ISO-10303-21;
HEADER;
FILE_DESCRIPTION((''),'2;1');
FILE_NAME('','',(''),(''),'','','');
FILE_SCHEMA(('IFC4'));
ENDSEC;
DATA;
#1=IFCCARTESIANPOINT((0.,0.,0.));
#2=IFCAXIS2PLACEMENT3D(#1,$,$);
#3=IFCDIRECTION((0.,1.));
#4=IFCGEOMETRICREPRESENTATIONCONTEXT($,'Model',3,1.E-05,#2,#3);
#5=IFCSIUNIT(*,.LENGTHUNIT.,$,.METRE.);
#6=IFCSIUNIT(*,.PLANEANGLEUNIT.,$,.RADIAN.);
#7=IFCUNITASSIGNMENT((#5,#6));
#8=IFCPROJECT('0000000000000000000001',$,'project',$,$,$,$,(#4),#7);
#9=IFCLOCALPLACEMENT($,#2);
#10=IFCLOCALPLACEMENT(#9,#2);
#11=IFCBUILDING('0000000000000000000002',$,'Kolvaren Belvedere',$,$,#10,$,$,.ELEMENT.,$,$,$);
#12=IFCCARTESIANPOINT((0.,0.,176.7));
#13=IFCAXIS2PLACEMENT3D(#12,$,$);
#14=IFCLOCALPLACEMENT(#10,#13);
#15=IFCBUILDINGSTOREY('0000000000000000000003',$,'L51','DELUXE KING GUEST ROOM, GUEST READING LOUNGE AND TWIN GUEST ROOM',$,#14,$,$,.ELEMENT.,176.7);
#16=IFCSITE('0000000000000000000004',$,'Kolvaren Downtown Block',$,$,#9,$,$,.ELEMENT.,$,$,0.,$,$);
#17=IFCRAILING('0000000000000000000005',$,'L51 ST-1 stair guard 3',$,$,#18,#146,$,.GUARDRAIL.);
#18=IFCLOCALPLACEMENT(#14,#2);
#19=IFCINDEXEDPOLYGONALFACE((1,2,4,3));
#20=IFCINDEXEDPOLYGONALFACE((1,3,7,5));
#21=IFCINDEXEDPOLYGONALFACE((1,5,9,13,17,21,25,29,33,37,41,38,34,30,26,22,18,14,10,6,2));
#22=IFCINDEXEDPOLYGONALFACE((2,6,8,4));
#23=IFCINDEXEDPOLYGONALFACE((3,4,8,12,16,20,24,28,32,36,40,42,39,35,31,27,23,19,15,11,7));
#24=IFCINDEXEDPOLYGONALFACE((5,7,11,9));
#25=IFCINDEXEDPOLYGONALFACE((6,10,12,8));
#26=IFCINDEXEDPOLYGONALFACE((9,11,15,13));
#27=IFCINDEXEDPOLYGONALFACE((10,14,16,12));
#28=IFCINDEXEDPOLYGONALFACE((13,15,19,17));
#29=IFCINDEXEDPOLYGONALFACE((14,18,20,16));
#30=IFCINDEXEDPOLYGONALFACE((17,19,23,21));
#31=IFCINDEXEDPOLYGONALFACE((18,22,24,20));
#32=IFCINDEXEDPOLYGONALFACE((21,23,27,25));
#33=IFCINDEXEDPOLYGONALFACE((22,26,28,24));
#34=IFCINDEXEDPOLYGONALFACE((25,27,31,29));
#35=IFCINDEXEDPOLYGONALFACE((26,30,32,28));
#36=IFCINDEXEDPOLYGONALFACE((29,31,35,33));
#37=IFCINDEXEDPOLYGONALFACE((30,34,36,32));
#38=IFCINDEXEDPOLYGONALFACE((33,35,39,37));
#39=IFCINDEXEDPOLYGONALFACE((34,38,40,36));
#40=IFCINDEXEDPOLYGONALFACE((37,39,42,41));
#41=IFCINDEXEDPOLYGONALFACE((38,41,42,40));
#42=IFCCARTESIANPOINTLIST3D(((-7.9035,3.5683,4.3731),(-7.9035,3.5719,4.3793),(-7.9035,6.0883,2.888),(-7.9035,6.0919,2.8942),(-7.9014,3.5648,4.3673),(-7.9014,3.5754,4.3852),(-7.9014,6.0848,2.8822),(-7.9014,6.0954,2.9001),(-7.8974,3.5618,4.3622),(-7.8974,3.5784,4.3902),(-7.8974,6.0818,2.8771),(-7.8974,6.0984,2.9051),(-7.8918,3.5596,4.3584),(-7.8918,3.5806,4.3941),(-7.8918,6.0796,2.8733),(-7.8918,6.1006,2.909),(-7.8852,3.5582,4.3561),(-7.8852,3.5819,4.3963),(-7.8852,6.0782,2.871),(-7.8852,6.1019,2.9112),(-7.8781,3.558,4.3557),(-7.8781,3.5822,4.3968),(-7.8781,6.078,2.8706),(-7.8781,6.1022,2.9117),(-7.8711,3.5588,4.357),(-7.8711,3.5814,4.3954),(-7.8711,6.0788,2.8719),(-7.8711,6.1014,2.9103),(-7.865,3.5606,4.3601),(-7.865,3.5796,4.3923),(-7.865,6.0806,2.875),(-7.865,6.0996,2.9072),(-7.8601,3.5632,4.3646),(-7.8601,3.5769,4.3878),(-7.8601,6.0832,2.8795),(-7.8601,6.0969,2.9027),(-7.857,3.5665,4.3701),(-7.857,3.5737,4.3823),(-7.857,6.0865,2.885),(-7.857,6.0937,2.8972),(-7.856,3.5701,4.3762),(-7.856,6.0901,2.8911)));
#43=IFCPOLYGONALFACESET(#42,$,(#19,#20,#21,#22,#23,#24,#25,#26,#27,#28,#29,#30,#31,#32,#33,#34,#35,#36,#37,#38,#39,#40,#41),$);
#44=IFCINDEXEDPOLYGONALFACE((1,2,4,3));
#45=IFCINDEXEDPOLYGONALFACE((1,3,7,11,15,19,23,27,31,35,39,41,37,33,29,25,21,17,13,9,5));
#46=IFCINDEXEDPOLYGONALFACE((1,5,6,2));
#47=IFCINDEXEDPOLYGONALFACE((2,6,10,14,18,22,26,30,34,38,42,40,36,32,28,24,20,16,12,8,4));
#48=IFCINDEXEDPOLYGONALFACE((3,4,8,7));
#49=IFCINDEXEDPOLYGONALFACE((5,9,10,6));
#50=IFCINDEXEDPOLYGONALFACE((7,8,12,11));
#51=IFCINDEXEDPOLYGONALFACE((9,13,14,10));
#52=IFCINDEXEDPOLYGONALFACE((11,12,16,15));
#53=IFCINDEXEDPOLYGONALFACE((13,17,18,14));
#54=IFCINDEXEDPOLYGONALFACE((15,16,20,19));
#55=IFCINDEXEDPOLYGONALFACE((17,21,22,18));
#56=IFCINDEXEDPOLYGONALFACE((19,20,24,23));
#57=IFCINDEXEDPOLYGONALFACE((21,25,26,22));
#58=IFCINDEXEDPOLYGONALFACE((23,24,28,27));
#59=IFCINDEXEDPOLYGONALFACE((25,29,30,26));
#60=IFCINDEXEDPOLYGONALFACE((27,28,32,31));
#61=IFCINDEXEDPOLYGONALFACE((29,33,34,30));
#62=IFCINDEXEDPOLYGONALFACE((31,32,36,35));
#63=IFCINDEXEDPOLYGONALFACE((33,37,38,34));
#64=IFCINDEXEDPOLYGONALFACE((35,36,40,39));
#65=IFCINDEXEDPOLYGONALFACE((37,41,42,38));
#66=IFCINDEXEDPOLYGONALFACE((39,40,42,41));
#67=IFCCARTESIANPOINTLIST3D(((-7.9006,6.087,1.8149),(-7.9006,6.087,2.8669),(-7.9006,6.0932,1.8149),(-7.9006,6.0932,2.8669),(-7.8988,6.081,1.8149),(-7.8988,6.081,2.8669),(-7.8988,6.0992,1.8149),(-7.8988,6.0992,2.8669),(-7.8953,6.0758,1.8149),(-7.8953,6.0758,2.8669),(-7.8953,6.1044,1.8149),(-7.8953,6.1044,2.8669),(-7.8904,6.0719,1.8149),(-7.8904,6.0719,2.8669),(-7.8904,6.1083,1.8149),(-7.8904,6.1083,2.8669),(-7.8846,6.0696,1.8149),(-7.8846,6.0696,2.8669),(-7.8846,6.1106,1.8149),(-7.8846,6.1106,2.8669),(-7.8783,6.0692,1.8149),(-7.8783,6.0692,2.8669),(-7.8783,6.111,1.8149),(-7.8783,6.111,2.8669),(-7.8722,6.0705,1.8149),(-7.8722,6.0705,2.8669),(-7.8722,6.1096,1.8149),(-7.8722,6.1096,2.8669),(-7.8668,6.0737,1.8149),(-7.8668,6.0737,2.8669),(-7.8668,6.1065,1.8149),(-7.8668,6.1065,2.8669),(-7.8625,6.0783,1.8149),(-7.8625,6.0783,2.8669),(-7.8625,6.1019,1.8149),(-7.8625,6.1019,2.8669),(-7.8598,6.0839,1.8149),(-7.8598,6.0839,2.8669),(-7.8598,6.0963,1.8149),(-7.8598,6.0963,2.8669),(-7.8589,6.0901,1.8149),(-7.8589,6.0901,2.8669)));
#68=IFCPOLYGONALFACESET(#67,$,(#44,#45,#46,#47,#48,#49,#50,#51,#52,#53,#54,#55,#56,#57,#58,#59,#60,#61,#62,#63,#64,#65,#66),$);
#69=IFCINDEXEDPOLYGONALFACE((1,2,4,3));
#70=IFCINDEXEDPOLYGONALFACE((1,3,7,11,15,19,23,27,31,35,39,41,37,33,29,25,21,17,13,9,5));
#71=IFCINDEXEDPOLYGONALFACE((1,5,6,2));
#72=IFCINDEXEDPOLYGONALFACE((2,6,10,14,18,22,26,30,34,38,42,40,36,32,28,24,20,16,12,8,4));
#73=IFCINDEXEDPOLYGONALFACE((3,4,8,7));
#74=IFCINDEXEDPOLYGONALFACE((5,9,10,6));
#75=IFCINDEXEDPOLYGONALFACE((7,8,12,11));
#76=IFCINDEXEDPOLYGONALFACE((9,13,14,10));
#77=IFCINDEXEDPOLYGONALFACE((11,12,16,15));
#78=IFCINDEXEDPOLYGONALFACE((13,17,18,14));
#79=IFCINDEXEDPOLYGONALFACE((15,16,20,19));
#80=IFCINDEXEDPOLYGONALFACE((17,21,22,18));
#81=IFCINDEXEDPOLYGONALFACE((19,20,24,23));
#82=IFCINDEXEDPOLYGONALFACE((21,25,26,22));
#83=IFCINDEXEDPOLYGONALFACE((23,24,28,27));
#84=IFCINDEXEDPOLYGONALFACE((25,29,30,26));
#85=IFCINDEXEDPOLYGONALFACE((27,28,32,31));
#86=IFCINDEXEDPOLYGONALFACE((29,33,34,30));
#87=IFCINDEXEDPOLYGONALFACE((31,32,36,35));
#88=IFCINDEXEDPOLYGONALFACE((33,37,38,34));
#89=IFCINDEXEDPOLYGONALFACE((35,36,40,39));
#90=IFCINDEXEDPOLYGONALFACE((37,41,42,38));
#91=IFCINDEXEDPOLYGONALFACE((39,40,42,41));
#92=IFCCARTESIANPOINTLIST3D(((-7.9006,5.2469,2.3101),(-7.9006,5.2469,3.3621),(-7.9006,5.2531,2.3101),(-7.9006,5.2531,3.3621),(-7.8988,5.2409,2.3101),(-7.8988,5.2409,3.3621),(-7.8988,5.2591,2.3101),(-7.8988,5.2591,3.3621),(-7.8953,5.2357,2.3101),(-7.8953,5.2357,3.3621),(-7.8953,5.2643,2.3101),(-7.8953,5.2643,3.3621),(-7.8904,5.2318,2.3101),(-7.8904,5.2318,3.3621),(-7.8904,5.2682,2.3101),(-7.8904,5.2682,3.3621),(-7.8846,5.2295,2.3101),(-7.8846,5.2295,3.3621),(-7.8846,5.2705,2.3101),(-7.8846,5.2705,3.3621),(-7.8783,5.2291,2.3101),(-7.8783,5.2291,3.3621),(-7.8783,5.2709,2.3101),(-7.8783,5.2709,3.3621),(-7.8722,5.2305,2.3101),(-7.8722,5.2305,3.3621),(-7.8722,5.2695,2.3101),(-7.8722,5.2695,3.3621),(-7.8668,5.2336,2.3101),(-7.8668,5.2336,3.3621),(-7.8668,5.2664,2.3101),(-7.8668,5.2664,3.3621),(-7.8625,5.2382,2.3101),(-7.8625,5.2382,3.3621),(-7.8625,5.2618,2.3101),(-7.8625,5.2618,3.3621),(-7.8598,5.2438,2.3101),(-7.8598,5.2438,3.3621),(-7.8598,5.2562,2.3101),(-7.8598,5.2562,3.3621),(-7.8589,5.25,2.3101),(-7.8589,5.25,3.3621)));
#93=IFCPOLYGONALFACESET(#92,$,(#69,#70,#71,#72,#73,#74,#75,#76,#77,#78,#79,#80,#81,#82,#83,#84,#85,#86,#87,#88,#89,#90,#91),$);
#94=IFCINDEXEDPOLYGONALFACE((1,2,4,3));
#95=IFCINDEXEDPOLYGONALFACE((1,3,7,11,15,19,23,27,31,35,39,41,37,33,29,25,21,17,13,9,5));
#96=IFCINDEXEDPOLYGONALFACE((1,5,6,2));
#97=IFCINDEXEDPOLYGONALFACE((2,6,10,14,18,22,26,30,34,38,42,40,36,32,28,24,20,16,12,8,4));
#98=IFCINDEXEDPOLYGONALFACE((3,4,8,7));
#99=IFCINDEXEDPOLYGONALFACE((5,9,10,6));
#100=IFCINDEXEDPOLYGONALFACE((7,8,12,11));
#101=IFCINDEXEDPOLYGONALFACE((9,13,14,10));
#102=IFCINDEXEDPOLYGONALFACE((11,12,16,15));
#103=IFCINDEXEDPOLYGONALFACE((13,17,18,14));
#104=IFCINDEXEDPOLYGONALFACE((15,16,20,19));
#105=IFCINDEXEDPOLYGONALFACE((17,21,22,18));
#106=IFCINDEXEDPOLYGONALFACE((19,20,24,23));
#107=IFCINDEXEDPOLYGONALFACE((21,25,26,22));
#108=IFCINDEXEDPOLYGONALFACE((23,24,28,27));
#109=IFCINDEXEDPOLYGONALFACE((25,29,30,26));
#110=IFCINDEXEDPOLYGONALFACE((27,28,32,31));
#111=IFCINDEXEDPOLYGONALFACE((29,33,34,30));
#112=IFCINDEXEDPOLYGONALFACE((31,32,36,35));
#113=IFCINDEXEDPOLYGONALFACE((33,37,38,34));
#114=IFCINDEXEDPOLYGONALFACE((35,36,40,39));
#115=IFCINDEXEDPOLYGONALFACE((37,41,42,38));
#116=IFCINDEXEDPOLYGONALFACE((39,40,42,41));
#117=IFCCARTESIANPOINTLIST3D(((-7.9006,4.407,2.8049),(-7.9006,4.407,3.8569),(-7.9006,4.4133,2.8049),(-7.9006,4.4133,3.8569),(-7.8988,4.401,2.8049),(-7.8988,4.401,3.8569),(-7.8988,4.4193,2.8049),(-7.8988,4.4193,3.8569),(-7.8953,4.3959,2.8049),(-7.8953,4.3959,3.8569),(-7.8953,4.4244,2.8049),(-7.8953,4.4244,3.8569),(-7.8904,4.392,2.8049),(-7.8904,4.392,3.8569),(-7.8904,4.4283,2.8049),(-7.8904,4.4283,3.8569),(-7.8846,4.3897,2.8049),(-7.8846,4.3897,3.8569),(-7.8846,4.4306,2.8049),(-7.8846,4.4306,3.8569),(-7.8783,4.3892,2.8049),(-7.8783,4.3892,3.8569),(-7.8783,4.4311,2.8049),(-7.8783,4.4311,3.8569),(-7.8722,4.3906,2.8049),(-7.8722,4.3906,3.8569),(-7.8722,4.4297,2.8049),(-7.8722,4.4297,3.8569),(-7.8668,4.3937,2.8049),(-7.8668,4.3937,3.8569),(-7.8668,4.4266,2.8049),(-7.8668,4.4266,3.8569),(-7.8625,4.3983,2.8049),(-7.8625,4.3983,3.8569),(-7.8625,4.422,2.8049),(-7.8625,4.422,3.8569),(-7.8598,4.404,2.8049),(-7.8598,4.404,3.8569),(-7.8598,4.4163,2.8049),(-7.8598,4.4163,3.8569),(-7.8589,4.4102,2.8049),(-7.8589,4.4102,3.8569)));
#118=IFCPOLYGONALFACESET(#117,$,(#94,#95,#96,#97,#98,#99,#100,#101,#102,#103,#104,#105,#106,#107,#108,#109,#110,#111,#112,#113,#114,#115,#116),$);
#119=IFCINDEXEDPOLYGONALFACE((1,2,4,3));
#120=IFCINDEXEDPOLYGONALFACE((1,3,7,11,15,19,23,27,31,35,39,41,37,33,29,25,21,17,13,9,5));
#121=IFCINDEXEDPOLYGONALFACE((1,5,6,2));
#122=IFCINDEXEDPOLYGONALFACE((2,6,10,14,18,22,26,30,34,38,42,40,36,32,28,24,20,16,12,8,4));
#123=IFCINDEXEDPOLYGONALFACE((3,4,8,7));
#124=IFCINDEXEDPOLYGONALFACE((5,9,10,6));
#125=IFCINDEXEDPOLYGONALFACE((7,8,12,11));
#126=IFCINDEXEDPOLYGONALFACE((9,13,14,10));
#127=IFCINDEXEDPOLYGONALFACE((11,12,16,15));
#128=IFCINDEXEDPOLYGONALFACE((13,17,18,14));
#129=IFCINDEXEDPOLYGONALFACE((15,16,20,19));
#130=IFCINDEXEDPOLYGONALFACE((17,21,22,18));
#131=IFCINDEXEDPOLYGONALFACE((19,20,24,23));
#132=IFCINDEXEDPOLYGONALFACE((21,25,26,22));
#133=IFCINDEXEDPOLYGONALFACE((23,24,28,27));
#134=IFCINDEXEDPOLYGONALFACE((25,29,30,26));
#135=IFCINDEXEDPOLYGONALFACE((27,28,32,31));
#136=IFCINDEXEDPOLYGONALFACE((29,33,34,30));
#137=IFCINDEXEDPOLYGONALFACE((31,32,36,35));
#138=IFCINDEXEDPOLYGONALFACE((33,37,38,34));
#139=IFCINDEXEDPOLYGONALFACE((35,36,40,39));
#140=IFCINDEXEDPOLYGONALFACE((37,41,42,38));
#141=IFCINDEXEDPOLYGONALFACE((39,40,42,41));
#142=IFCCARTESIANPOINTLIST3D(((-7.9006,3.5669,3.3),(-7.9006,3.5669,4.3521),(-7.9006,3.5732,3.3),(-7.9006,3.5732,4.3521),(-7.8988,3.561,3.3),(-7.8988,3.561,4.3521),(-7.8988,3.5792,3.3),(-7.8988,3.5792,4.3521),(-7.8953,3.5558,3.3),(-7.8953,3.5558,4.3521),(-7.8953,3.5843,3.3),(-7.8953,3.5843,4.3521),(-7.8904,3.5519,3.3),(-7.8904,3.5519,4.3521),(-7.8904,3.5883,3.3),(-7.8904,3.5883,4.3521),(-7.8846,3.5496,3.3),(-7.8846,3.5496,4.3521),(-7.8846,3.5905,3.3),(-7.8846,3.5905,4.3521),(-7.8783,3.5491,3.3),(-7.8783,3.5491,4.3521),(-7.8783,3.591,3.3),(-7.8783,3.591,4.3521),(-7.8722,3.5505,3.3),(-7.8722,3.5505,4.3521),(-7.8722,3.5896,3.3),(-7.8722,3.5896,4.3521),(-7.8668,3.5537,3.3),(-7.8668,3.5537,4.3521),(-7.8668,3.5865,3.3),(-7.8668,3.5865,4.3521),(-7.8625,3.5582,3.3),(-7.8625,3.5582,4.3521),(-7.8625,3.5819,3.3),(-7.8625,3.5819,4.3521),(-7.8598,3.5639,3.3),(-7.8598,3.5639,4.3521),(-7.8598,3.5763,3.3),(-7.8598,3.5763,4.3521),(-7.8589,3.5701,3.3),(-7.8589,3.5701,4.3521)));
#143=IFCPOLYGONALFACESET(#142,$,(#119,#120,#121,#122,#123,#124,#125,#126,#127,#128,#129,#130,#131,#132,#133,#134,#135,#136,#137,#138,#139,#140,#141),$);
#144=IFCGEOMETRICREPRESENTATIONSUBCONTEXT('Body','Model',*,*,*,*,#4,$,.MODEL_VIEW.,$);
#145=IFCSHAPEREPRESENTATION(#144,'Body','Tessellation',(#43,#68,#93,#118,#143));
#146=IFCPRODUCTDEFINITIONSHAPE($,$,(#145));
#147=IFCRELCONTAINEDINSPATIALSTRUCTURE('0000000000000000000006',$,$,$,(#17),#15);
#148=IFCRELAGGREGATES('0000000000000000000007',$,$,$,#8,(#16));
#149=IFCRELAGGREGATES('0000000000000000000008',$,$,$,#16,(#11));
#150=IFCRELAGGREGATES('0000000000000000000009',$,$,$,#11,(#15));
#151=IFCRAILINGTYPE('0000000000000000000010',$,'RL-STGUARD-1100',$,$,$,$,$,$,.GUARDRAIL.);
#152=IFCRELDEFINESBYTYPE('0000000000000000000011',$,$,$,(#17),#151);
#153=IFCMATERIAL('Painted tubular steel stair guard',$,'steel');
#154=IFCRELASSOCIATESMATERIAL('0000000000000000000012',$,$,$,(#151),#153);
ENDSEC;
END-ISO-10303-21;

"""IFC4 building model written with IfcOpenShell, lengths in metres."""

from ifc_helpers import new_model, si_unit, direction, frame, origin, origin_2d, place, context, subcontext, project, spatial, circle, extrude, material, type_object, element, save


model = new_model("IFC4")

# Units and contexts
model_context = context("Model", 3, precision=1e-05, world=origin(), true_north=direction((0.0, 1.0)))
body_context = subcontext(model_context, "Body", "Model", "MODEL_VIEW")
ifc_project = project(units=[si_unit("LENGTHUNIT", "METRE"), si_unit("PLANEANGLEUNIT", "RADIAN")], contexts=[model_context])

# Site, building, storey
site_placement = place(None, origin())
site = spatial("IfcSite", under=ifc_project, at=site_placement, Name="Kolvaren Downtown Block", CompositionType="ELEMENT", RefElevation=0.0)
building_placement = place(site_placement, origin())
building = spatial("IfcBuilding", under=site, at=building_placement, Name="Kolvaren Belvedere", CompositionType="ELEMENT")
storey_placement = place(building_placement, frame((0.0, 0.0, 176.7)))
storey = spatial("IfcBuildingStorey", under=building, at=storey_placement, Name="L51", Description="DELUXE KING GUEST ROOM, GUEST READING LOUNGE AND TWIN GUEST ROOM", CompositionType="ELEMENT", Elevation=176.7)

# Railing
ifc_material_1 = material(Name="Painted tubular steel stair guard", Category="steel")
railing_type_1 = type_object("IfcRailingType", Name="RL-STGUARD-1100", PredefinedType="GUARDRAIL", material=ifc_material_1)
railing_1_placement = place(storey_placement, frame((-7.8799, 6.0901, 1.8149)))
element("IfcRailing", 1, at=railing_1_placement, inside=storey, type_object=railing_type_1, Name="L51 ST-1 stair guard 3", PredefinedType="GUARDRAIL", context=body_context, shape_type="SweptSolid", body=[
    extrude(circle(Radius=0.0239, at=origin_2d()), frame((0.0, 0.0, 1.0762), z_axis=(0.0, -0.861524, 0.507717), x_axis=(1.0, 0.0, 0.0)), (0.0, 0.0, 1.0), 2.925),
    extrude(circle(Radius=0.021, at=origin_2d()), origin(), (0.0, 0.0, 1.0), 1.052),
    extrude(circle(Radius=0.021, at=origin_2d()), frame((0.0, -0.8401, 0.4951)), (0.0, 0.0, 1.0), 1.052),
    extrude(circle(Radius=0.021, at=origin_2d()), frame((0.0, -1.6799, 0.99)), (0.0, 0.0, 1.0), 1.052),
    extrude(circle(Radius=0.021, at=origin_2d()), frame((0.0, -2.52, 1.4851)), (0.0, 0.0, 1.0), 1.052),
])

save(model, "model.ifc")
